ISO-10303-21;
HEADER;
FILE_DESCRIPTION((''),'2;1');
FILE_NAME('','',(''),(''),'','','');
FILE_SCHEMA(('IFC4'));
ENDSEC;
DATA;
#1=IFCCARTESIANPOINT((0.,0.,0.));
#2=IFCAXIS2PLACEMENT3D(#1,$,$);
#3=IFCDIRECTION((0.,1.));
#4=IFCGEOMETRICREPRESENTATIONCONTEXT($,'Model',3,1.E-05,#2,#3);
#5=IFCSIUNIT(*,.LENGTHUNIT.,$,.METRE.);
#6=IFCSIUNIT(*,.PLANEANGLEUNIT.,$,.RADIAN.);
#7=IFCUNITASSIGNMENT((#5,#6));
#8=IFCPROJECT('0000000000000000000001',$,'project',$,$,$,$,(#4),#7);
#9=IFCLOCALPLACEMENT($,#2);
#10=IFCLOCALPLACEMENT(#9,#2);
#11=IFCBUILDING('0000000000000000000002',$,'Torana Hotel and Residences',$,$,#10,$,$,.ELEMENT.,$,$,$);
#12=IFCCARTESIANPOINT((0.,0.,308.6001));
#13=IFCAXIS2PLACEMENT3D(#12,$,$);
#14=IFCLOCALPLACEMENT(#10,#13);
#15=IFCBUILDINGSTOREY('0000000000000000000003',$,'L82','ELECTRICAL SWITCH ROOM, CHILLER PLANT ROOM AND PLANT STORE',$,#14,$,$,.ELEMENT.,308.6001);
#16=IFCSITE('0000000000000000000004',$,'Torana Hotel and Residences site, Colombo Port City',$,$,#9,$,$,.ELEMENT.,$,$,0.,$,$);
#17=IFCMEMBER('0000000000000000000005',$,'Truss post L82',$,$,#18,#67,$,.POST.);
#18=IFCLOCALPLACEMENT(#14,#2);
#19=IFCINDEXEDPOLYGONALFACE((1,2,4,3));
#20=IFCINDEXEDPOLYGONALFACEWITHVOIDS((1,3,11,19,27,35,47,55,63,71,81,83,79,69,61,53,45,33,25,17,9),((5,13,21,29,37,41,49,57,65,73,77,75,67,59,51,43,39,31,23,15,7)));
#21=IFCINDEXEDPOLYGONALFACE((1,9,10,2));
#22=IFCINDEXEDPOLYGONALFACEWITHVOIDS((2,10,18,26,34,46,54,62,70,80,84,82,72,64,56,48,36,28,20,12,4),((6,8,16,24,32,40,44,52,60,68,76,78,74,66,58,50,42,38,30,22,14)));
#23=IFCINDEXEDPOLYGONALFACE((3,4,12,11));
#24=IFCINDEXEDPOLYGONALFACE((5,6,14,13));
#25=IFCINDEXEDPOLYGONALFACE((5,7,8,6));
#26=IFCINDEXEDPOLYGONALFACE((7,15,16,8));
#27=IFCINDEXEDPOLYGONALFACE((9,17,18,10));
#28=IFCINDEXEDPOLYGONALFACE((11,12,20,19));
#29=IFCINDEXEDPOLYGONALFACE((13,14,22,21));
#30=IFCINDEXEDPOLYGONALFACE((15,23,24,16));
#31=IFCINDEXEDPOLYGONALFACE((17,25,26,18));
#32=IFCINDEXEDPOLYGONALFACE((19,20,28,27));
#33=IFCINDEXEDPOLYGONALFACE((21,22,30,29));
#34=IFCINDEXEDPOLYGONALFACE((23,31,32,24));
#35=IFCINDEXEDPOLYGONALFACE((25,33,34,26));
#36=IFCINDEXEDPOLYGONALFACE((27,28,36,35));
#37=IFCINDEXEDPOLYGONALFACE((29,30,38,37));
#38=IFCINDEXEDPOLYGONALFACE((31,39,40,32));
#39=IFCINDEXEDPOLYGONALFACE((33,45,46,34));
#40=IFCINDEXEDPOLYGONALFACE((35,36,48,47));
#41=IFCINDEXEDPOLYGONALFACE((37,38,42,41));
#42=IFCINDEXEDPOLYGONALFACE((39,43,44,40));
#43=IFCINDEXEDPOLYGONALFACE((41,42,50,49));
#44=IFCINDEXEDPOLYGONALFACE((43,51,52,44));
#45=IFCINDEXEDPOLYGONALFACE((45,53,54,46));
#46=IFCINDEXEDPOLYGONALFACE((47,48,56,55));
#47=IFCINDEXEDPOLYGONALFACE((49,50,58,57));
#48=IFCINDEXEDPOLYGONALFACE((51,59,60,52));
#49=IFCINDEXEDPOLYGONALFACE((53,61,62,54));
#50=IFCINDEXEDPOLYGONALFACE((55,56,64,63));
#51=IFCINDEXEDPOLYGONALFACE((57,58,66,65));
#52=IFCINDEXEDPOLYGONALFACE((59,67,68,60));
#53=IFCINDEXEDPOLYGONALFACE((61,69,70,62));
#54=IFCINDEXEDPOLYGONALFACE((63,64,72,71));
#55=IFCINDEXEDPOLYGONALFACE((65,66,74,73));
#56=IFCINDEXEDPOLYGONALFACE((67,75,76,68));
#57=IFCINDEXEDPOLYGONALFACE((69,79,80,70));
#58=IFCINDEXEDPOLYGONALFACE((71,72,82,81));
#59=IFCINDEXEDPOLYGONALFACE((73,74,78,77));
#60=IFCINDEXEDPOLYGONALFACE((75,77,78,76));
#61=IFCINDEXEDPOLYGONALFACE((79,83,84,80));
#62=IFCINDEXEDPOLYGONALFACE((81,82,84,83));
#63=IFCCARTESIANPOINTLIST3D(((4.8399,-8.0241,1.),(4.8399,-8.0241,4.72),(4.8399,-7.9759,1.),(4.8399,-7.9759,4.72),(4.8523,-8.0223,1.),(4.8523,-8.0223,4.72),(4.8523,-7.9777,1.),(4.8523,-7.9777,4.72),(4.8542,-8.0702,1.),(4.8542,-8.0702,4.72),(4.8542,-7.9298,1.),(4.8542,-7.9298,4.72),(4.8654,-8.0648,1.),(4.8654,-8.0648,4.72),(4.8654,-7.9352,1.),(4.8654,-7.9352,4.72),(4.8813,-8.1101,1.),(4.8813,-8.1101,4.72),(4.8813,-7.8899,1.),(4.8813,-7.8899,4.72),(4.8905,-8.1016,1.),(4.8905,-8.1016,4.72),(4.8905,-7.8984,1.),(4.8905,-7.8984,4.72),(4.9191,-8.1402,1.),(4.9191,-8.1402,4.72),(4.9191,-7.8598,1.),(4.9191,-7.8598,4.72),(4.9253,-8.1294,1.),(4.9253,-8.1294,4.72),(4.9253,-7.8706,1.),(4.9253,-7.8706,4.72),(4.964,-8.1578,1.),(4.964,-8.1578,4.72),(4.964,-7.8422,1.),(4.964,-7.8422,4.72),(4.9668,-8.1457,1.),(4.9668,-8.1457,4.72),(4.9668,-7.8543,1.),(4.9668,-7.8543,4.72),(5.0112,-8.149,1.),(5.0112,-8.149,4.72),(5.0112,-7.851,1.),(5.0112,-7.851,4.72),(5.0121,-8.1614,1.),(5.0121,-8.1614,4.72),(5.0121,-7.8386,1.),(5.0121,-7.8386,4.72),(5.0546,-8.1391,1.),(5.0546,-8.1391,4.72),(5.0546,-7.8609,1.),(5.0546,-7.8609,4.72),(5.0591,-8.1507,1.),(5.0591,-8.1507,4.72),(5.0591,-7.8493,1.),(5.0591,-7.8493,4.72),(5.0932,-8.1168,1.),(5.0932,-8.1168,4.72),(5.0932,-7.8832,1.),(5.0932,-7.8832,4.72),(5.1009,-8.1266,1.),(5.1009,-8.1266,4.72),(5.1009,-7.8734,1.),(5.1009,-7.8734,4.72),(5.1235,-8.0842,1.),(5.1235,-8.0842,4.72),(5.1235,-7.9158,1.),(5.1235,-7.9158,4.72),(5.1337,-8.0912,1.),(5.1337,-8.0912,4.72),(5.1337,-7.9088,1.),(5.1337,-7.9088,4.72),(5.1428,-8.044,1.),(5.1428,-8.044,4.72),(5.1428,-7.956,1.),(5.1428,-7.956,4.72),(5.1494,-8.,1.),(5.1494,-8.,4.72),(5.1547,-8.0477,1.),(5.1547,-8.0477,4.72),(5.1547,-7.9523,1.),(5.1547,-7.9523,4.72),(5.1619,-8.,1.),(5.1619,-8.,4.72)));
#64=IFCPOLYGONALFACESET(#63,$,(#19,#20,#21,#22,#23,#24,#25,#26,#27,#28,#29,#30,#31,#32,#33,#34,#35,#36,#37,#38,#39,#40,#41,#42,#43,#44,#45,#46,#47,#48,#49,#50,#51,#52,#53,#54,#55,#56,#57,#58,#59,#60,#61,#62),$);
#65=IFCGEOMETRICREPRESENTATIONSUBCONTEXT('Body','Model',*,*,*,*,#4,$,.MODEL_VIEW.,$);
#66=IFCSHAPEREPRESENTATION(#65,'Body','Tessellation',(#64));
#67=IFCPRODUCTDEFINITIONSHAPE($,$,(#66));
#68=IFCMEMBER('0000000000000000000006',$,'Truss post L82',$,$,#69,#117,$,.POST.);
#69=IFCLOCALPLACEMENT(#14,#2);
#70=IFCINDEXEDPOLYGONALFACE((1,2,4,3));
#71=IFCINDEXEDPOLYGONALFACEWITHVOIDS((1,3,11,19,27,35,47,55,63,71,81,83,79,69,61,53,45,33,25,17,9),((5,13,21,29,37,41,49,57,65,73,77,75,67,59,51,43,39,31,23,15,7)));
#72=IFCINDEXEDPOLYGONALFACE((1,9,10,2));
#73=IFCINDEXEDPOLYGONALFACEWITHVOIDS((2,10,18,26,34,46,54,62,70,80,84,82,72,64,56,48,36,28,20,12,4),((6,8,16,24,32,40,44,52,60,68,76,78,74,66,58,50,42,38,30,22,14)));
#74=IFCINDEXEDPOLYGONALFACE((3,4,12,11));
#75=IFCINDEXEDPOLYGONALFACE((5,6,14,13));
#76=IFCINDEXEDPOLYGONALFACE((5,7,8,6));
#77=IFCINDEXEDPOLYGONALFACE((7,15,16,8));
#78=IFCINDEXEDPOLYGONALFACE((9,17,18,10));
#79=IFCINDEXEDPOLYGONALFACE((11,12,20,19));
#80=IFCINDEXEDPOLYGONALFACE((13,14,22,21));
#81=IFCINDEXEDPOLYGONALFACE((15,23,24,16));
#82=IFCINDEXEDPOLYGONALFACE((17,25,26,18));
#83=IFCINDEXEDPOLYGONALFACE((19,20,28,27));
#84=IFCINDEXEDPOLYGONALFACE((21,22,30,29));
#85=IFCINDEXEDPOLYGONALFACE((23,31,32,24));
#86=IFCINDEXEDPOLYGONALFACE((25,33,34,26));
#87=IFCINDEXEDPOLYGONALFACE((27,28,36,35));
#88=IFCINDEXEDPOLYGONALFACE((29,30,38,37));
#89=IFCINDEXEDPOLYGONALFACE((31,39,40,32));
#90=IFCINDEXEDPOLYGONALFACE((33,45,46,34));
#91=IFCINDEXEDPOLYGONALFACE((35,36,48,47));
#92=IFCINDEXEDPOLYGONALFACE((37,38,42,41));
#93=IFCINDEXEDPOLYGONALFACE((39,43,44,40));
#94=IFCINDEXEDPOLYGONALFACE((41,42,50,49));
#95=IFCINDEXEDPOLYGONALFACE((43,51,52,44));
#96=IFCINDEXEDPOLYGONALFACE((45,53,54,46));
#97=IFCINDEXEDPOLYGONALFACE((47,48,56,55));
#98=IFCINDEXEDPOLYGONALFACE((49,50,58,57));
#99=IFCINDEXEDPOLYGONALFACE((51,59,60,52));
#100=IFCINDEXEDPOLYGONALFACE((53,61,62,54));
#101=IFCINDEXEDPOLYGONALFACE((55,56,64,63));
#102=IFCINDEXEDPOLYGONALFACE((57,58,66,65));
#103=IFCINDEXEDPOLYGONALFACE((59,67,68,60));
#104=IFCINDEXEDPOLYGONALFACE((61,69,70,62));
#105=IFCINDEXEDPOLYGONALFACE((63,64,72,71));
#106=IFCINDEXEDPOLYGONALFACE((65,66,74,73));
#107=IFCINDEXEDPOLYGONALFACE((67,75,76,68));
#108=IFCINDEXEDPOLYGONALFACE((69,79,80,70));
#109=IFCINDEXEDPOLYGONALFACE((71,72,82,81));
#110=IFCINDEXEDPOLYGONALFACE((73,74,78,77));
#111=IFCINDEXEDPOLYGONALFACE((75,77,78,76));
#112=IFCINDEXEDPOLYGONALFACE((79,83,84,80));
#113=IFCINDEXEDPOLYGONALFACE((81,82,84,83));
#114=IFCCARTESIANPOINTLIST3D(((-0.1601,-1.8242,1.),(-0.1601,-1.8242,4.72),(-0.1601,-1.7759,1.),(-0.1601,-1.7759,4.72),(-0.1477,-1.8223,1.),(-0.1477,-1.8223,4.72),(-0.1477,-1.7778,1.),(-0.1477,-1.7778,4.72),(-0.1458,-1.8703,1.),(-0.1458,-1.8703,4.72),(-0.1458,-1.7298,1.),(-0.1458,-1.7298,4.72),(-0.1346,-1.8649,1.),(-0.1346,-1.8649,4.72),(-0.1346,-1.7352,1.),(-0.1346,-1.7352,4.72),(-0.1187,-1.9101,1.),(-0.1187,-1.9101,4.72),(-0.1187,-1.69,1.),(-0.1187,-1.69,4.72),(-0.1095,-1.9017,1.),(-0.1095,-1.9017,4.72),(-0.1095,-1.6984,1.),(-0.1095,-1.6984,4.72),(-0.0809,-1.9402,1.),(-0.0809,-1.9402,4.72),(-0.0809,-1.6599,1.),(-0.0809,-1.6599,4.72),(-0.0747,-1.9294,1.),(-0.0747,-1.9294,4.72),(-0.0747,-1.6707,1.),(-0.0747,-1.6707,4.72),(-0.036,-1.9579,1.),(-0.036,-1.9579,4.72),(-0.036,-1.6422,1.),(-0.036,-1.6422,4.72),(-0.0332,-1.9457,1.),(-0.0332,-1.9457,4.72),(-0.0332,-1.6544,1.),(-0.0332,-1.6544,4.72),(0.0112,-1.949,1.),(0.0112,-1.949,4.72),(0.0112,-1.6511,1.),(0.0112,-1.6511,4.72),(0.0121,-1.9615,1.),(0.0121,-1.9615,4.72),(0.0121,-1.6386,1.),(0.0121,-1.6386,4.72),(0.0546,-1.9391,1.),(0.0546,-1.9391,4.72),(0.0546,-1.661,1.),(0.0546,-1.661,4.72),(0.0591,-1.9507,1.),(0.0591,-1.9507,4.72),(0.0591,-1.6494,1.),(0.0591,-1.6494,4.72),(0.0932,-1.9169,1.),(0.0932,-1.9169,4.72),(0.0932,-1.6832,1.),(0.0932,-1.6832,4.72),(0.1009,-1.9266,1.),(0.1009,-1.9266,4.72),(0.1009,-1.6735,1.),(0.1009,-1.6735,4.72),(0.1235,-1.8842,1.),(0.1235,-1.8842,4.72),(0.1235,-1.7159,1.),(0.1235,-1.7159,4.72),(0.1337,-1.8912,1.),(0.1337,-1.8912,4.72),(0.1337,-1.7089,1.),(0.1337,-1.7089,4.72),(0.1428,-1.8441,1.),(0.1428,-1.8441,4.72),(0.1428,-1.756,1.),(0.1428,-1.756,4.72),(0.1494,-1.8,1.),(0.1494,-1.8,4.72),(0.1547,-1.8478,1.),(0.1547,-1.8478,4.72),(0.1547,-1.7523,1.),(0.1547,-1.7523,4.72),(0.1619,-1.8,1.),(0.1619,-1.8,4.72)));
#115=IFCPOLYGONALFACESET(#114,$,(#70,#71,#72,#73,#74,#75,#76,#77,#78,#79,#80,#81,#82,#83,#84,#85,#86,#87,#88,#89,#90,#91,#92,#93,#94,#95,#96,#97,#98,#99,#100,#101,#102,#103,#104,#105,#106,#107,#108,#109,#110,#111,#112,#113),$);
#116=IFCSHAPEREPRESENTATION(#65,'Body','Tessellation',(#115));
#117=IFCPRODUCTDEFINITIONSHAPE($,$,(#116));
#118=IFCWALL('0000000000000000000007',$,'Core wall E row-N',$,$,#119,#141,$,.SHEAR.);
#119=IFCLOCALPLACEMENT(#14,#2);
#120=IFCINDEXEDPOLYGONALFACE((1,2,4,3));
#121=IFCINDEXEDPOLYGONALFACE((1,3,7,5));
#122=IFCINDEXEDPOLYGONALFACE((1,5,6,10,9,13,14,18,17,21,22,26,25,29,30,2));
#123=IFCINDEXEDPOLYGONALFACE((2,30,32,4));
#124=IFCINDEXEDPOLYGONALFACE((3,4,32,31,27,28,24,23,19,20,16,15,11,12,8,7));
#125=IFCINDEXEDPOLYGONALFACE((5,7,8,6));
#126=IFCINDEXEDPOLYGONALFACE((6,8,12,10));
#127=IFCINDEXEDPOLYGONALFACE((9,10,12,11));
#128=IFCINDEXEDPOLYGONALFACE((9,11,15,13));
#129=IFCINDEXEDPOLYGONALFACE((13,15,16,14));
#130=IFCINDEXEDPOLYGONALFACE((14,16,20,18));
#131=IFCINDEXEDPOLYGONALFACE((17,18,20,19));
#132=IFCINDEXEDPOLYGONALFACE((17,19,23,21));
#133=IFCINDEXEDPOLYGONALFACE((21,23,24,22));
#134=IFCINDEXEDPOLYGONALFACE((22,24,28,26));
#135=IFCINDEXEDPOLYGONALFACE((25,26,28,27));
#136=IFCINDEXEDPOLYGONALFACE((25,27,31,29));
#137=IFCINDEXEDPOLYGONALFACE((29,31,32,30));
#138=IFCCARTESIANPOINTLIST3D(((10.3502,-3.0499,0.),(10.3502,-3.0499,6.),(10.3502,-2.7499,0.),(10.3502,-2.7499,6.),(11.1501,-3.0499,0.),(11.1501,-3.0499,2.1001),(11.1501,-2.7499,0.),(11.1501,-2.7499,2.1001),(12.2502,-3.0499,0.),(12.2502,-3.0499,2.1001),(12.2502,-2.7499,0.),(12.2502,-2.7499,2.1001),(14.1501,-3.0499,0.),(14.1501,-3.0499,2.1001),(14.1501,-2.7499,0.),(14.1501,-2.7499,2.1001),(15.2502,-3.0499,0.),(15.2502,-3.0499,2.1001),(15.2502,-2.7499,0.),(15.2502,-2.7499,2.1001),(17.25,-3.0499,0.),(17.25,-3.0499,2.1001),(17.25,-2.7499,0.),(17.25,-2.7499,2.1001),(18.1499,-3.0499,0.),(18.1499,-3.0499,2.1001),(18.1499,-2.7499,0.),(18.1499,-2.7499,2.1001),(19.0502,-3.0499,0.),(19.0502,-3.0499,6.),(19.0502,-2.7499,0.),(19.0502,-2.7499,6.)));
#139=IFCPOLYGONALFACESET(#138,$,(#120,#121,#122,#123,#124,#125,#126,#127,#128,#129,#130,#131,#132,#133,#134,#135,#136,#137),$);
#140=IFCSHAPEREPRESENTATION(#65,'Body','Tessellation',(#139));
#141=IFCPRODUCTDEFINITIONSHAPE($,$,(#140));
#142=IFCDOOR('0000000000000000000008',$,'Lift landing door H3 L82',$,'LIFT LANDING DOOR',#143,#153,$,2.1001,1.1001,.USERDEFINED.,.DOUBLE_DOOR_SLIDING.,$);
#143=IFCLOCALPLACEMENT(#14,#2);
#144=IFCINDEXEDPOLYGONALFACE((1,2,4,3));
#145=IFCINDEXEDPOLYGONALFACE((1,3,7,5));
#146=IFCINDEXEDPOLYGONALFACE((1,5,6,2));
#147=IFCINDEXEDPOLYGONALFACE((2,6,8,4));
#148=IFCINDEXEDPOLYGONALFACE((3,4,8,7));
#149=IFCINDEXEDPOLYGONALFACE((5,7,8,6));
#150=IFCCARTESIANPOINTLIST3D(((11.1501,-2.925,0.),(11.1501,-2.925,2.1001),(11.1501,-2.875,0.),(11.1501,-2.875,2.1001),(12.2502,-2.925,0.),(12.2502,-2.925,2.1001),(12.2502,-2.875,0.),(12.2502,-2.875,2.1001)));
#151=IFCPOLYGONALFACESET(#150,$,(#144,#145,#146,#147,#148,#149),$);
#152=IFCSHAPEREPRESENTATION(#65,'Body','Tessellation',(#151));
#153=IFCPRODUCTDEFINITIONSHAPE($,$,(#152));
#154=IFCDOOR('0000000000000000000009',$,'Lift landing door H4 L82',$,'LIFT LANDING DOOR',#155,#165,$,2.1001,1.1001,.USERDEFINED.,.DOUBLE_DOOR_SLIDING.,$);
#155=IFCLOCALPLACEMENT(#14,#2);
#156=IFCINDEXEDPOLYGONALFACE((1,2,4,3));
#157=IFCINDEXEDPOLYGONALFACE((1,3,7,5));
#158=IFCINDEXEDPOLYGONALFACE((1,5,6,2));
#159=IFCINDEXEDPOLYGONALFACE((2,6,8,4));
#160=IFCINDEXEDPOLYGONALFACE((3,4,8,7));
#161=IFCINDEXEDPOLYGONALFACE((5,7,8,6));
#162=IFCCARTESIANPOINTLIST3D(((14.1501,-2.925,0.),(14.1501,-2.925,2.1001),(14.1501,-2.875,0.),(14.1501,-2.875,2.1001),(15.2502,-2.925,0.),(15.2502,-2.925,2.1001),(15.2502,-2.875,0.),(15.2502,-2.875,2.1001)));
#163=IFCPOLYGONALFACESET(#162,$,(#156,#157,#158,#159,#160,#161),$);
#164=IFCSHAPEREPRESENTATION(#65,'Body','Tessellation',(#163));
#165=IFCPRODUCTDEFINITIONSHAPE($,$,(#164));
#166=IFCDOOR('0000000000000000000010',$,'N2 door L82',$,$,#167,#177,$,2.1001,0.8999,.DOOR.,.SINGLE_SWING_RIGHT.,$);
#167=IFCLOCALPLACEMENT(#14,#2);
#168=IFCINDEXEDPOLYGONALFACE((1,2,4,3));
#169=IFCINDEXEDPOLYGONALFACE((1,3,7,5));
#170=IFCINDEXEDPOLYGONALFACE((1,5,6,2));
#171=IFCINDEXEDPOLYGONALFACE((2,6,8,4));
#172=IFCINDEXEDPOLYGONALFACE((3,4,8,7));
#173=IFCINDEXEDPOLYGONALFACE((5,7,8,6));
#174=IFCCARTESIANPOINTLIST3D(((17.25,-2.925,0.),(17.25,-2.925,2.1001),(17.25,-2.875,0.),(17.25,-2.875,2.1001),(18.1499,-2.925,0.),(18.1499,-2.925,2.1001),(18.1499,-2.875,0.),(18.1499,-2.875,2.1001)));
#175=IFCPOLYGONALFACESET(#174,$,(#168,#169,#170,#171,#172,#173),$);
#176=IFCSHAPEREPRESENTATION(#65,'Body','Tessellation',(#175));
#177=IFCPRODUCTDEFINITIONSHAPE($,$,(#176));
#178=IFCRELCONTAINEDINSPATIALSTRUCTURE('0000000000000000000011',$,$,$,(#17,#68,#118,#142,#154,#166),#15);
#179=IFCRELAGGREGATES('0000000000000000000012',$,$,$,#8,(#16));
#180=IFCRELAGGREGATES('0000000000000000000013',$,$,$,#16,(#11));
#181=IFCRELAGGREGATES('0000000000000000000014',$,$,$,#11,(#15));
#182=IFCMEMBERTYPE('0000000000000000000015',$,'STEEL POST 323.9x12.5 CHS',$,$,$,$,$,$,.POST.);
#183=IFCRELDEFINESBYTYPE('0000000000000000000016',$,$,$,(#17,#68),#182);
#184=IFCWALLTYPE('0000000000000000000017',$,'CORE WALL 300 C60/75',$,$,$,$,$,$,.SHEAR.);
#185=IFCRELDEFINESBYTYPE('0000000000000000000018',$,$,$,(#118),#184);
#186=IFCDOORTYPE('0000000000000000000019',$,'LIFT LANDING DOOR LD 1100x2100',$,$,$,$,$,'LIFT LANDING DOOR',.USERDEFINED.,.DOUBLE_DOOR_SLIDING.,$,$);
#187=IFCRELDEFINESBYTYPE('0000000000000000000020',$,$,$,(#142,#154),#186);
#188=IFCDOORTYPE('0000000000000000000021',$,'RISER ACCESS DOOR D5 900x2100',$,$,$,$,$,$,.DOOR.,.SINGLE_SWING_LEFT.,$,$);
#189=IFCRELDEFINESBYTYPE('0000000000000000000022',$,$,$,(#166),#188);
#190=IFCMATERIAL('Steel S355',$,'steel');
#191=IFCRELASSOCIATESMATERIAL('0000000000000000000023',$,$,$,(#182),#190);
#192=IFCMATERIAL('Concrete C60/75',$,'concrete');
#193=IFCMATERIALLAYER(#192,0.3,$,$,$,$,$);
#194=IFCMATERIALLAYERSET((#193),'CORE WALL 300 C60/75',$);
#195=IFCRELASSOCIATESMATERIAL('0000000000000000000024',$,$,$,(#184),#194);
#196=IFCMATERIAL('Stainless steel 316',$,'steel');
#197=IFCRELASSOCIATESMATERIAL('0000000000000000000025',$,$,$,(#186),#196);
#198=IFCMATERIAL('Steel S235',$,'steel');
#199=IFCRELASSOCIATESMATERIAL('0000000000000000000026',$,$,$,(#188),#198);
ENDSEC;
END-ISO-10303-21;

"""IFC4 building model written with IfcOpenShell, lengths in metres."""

from ifc_helpers import new_model, si_unit, direction, frame, frame_2d, origin, origin_2d, place, context, subcontext, project, spatial, rectangle, hollow_circle, extrude, material, layer, layer_set, material_profile, profile_set, type_object, element, fill, save


model = new_model("IFC4")

# Units and contexts
model_context = context("Model", 3, precision=1e-05, world=origin(), true_north=direction((0.0, 1.0)))
body_context = subcontext(model_context, "Body", "Model", "MODEL_VIEW")
ifc_project = project(units=[si_unit("LENGTHUNIT", "METRE"), si_unit("PLANEANGLEUNIT", "RADIAN")], contexts=[model_context])

# Site, building, storey
site_placement = place(None, origin())
site = spatial("IfcSite", under=ifc_project, at=site_placement, Name="Torana Hotel and Residences site, Colombo Port City", CompositionType="ELEMENT", RefElevation=0.0)
building_placement = place(site_placement, origin())
building = spatial("IfcBuilding", under=site, at=building_placement, Name="Torana Hotel and Residences", CompositionType="ELEMENT")
storey_placement = place(building_placement, frame((0.0, 0.0, 308.6001)))
storey = spatial("IfcBuildingStorey", under=building, at=storey_placement, Name="L82", Description="ELECTRICAL SWITCH ROOM, CHILLER PLANT ROOM AND PLANT STORE", CompositionType="ELEMENT", Elevation=308.6001)

# Members
ifc_material_1 = material(Name="Steel S355", Category="steel")
ifc_material_profile_1 = material_profile(ifc_material_1, hollow_circle(Radius=0.1619, WallThickness=0.0125, at=origin_2d()), Name="323.9x12.5 CHS")
ifc_profile_set_1 = profile_set([ifc_material_profile_1], Name="Steel S355")
member_type_1 = type_object("IfcMemberType", Name="STEEL POST 323.9x12.5 CHS", PredefinedType="POST", material=ifc_profile_set_1)
for number, where, z_axis, x_axis, name in (
    (1, (5.0, -8.0, 1.0), (0.0, 0.0, 1.0), (1.0, 0.0, 0.0), "Truss post L82"),
    (2, (0.0, -1.8, 1.0), (0.0, 0.0, 1.0), (1.0, 0.0, 0.0), "Truss post L82"),
):
    element("IfcMember", number, at=place(storey_placement, frame(where, z_axis=z_axis, x_axis=x_axis)), inside=storey, type_object=member_type_1, Name=name, PredefinedType="POST", context=body_context, shape_type="SweptSolid", body=[
        extrude(hollow_circle(Radius=0.1619, WallThickness=0.0125, at=origin_2d()), origin(), (0.0, 0.0, 1.0), 3.72),
    ])

# Wall, openings, doors
ifc_material_2 = material(Name="Concrete C60/75", Category="concrete")
ifc_layer_1 = layer(ifc_material_2, 0.3)
ifc_layer_set_1 = layer_set([ifc_layer_1], Name="CORE WALL 300 C60/75")
wall_type_1 = type_object("IfcWallType", Name="CORE WALL 300 C60/75", PredefinedType="SHEAR", material=ifc_layer_set_1)
wall_1_placement = place(storey_placement, frame((10.3501, -2.8999, 0.0), z_axis=(0.0, 0.0, 1.0), x_axis=(1.0, 0.0, 0.0)))
wall_1 = element("IfcWall", 3, at=wall_1_placement, inside=storey, type_object=wall_type_1, Name="Core wall E row-N", PredefinedType="SHEAR", context=body_context, shape_type="SweptSolid", body=[
    extrude(rectangle(XDim=8.7, YDim=0.3, at=frame_2d((4.3501, 0.0))), origin(), (0.0, 0.0, 1.0), 6.0),
])
opening_1_placement = place(wall_1_placement, frame((0.8, 0.0, 0.0)))
opening_1 = element("IfcOpeningElement", 4, at=opening_1_placement, cuts=wall_1, PredefinedType="OPENING", context=body_context, shape_type="SweptSolid", body=[
    extrude(rectangle(XDim=1.1001, YDim=2.1001, at=frame_2d((0.55, 1.05))), frame((0.0, 0.1599, 0.0), z_axis=(0.0, -1.0, 0.0), x_axis=(1.0, 0.0, 0.0)), (0.0, 0.0, 1.0), 0.3201),
])
opening_2_placement = place(wall_1_placement, frame((3.8, 0.0, 0.0)))
opening_2 = element("IfcOpeningElement", 5, at=opening_2_placement, cuts=wall_1, PredefinedType="OPENING", context=body_context, shape_type="SweptSolid", body=[
    extrude(rectangle(XDim=1.1001, YDim=2.1001, at=frame_2d((0.55, 1.05))), frame((0.0, 0.1599, 0.0), z_axis=(0.0, -1.0, 0.0), x_axis=(1.0, 0.0, 0.0)), (0.0, 0.0, 1.0), 0.3201),
])
opening_3_placement = place(wall_1_placement, frame((6.8999, 0.0, 0.0)))
opening_3 = element("IfcOpeningElement", 6, at=opening_3_placement, cuts=wall_1, PredefinedType="OPENING", context=body_context, shape_type="SweptSolid", body=[
    extrude(rectangle(XDim=0.8999, YDim=2.1001, at=frame_2d((0.45, 1.05))), frame((0.0, 0.1599, 0.0), z_axis=(0.0, -1.0, 0.0), x_axis=(1.0, 0.0, 0.0)), (0.0, 0.0, 1.0), 0.3201),
])
ifc_material_3 = material(Name="Stainless steel 316", Category="steel")
door_type_1 = type_object("IfcDoorType", Name="LIFT LANDING DOOR LD 1100x2100", ElementType="LIFT LANDING DOOR", OperationType="DOUBLE_DOOR_SLIDING", PredefinedType="USERDEFINED", material=ifc_material_3)
door_1_placement = place(opening_1_placement, origin())
door_1 = element("IfcDoor", 7, at=door_1_placement, inside=storey, type_object=door_type_1, Name="Lift landing door H3 L82", ObjectType="LIFT LANDING DOOR", OperationType="DOUBLE_DOOR_SLIDING", OverallHeight=2.1001, OverallWidth=1.1001, PredefinedType="USERDEFINED", context=body_context, shape_type="SweptSolid", body=[
    extrude(rectangle(XDim=1.1001, YDim=2.1001, at=frame_2d((0.55, 1.05))), frame((0.0, 0.0249, 0.0), z_axis=(0.0, -1.0, 0.0), x_axis=(1.0, 0.0, 0.0)), (0.0, 0.0, 1.0), 0.05),
])
fill(opening_1, door_1)
door_2_placement = place(opening_2_placement, origin())
door_2 = element("IfcDoor", 8, at=door_2_placement, inside=storey, type_object=door_type_1, Name="Lift landing door H4 L82", ObjectType="LIFT LANDING DOOR", OperationType="DOUBLE_DOOR_SLIDING", OverallHeight=2.1001, OverallWidth=1.1001, PredefinedType="USERDEFINED", context=body_context, shape_type="SweptSolid", body=[
    extrude(rectangle(XDim=1.1001, YDim=2.1001, at=frame_2d((0.55, 1.05))), frame((0.0, 0.0249, 0.0), z_axis=(0.0, -1.0, 0.0), x_axis=(1.0, 0.0, 0.0)), (0.0, 0.0, 1.0), 0.05),
])
fill(opening_2, door_2)
ifc_material_4 = material(Name="Steel S235", Category="steel")
door_type_2 = type_object("IfcDoorType", Name="RISER ACCESS DOOR D5 900x2100", OperationType="SINGLE_SWING_LEFT", PredefinedType="DOOR", material=ifc_material_4)
door_3_placement = place(opening_3_placement, origin())
door_3 = element("IfcDoor", 9, at=door_3_placement, inside=storey, type_object=door_type_2, Name="N2 door L82", OperationType="SINGLE_SWING_RIGHT", OverallHeight=2.1001, OverallWidth=0.8999, PredefinedType="DOOR", context=body_context, shape_type="SweptSolid", body=[
    extrude(rectangle(XDim=0.8999, YDim=2.1001, at=frame_2d((0.45, 1.05))), frame((0.0, 0.0249, 0.0), z_axis=(0.0, -1.0, 0.0), x_axis=(1.0, 0.0, 0.0)), (0.0, 0.0, 1.0), 0.05),
])
fill(opening_3, door_3)

save(model, "model.ifc")
